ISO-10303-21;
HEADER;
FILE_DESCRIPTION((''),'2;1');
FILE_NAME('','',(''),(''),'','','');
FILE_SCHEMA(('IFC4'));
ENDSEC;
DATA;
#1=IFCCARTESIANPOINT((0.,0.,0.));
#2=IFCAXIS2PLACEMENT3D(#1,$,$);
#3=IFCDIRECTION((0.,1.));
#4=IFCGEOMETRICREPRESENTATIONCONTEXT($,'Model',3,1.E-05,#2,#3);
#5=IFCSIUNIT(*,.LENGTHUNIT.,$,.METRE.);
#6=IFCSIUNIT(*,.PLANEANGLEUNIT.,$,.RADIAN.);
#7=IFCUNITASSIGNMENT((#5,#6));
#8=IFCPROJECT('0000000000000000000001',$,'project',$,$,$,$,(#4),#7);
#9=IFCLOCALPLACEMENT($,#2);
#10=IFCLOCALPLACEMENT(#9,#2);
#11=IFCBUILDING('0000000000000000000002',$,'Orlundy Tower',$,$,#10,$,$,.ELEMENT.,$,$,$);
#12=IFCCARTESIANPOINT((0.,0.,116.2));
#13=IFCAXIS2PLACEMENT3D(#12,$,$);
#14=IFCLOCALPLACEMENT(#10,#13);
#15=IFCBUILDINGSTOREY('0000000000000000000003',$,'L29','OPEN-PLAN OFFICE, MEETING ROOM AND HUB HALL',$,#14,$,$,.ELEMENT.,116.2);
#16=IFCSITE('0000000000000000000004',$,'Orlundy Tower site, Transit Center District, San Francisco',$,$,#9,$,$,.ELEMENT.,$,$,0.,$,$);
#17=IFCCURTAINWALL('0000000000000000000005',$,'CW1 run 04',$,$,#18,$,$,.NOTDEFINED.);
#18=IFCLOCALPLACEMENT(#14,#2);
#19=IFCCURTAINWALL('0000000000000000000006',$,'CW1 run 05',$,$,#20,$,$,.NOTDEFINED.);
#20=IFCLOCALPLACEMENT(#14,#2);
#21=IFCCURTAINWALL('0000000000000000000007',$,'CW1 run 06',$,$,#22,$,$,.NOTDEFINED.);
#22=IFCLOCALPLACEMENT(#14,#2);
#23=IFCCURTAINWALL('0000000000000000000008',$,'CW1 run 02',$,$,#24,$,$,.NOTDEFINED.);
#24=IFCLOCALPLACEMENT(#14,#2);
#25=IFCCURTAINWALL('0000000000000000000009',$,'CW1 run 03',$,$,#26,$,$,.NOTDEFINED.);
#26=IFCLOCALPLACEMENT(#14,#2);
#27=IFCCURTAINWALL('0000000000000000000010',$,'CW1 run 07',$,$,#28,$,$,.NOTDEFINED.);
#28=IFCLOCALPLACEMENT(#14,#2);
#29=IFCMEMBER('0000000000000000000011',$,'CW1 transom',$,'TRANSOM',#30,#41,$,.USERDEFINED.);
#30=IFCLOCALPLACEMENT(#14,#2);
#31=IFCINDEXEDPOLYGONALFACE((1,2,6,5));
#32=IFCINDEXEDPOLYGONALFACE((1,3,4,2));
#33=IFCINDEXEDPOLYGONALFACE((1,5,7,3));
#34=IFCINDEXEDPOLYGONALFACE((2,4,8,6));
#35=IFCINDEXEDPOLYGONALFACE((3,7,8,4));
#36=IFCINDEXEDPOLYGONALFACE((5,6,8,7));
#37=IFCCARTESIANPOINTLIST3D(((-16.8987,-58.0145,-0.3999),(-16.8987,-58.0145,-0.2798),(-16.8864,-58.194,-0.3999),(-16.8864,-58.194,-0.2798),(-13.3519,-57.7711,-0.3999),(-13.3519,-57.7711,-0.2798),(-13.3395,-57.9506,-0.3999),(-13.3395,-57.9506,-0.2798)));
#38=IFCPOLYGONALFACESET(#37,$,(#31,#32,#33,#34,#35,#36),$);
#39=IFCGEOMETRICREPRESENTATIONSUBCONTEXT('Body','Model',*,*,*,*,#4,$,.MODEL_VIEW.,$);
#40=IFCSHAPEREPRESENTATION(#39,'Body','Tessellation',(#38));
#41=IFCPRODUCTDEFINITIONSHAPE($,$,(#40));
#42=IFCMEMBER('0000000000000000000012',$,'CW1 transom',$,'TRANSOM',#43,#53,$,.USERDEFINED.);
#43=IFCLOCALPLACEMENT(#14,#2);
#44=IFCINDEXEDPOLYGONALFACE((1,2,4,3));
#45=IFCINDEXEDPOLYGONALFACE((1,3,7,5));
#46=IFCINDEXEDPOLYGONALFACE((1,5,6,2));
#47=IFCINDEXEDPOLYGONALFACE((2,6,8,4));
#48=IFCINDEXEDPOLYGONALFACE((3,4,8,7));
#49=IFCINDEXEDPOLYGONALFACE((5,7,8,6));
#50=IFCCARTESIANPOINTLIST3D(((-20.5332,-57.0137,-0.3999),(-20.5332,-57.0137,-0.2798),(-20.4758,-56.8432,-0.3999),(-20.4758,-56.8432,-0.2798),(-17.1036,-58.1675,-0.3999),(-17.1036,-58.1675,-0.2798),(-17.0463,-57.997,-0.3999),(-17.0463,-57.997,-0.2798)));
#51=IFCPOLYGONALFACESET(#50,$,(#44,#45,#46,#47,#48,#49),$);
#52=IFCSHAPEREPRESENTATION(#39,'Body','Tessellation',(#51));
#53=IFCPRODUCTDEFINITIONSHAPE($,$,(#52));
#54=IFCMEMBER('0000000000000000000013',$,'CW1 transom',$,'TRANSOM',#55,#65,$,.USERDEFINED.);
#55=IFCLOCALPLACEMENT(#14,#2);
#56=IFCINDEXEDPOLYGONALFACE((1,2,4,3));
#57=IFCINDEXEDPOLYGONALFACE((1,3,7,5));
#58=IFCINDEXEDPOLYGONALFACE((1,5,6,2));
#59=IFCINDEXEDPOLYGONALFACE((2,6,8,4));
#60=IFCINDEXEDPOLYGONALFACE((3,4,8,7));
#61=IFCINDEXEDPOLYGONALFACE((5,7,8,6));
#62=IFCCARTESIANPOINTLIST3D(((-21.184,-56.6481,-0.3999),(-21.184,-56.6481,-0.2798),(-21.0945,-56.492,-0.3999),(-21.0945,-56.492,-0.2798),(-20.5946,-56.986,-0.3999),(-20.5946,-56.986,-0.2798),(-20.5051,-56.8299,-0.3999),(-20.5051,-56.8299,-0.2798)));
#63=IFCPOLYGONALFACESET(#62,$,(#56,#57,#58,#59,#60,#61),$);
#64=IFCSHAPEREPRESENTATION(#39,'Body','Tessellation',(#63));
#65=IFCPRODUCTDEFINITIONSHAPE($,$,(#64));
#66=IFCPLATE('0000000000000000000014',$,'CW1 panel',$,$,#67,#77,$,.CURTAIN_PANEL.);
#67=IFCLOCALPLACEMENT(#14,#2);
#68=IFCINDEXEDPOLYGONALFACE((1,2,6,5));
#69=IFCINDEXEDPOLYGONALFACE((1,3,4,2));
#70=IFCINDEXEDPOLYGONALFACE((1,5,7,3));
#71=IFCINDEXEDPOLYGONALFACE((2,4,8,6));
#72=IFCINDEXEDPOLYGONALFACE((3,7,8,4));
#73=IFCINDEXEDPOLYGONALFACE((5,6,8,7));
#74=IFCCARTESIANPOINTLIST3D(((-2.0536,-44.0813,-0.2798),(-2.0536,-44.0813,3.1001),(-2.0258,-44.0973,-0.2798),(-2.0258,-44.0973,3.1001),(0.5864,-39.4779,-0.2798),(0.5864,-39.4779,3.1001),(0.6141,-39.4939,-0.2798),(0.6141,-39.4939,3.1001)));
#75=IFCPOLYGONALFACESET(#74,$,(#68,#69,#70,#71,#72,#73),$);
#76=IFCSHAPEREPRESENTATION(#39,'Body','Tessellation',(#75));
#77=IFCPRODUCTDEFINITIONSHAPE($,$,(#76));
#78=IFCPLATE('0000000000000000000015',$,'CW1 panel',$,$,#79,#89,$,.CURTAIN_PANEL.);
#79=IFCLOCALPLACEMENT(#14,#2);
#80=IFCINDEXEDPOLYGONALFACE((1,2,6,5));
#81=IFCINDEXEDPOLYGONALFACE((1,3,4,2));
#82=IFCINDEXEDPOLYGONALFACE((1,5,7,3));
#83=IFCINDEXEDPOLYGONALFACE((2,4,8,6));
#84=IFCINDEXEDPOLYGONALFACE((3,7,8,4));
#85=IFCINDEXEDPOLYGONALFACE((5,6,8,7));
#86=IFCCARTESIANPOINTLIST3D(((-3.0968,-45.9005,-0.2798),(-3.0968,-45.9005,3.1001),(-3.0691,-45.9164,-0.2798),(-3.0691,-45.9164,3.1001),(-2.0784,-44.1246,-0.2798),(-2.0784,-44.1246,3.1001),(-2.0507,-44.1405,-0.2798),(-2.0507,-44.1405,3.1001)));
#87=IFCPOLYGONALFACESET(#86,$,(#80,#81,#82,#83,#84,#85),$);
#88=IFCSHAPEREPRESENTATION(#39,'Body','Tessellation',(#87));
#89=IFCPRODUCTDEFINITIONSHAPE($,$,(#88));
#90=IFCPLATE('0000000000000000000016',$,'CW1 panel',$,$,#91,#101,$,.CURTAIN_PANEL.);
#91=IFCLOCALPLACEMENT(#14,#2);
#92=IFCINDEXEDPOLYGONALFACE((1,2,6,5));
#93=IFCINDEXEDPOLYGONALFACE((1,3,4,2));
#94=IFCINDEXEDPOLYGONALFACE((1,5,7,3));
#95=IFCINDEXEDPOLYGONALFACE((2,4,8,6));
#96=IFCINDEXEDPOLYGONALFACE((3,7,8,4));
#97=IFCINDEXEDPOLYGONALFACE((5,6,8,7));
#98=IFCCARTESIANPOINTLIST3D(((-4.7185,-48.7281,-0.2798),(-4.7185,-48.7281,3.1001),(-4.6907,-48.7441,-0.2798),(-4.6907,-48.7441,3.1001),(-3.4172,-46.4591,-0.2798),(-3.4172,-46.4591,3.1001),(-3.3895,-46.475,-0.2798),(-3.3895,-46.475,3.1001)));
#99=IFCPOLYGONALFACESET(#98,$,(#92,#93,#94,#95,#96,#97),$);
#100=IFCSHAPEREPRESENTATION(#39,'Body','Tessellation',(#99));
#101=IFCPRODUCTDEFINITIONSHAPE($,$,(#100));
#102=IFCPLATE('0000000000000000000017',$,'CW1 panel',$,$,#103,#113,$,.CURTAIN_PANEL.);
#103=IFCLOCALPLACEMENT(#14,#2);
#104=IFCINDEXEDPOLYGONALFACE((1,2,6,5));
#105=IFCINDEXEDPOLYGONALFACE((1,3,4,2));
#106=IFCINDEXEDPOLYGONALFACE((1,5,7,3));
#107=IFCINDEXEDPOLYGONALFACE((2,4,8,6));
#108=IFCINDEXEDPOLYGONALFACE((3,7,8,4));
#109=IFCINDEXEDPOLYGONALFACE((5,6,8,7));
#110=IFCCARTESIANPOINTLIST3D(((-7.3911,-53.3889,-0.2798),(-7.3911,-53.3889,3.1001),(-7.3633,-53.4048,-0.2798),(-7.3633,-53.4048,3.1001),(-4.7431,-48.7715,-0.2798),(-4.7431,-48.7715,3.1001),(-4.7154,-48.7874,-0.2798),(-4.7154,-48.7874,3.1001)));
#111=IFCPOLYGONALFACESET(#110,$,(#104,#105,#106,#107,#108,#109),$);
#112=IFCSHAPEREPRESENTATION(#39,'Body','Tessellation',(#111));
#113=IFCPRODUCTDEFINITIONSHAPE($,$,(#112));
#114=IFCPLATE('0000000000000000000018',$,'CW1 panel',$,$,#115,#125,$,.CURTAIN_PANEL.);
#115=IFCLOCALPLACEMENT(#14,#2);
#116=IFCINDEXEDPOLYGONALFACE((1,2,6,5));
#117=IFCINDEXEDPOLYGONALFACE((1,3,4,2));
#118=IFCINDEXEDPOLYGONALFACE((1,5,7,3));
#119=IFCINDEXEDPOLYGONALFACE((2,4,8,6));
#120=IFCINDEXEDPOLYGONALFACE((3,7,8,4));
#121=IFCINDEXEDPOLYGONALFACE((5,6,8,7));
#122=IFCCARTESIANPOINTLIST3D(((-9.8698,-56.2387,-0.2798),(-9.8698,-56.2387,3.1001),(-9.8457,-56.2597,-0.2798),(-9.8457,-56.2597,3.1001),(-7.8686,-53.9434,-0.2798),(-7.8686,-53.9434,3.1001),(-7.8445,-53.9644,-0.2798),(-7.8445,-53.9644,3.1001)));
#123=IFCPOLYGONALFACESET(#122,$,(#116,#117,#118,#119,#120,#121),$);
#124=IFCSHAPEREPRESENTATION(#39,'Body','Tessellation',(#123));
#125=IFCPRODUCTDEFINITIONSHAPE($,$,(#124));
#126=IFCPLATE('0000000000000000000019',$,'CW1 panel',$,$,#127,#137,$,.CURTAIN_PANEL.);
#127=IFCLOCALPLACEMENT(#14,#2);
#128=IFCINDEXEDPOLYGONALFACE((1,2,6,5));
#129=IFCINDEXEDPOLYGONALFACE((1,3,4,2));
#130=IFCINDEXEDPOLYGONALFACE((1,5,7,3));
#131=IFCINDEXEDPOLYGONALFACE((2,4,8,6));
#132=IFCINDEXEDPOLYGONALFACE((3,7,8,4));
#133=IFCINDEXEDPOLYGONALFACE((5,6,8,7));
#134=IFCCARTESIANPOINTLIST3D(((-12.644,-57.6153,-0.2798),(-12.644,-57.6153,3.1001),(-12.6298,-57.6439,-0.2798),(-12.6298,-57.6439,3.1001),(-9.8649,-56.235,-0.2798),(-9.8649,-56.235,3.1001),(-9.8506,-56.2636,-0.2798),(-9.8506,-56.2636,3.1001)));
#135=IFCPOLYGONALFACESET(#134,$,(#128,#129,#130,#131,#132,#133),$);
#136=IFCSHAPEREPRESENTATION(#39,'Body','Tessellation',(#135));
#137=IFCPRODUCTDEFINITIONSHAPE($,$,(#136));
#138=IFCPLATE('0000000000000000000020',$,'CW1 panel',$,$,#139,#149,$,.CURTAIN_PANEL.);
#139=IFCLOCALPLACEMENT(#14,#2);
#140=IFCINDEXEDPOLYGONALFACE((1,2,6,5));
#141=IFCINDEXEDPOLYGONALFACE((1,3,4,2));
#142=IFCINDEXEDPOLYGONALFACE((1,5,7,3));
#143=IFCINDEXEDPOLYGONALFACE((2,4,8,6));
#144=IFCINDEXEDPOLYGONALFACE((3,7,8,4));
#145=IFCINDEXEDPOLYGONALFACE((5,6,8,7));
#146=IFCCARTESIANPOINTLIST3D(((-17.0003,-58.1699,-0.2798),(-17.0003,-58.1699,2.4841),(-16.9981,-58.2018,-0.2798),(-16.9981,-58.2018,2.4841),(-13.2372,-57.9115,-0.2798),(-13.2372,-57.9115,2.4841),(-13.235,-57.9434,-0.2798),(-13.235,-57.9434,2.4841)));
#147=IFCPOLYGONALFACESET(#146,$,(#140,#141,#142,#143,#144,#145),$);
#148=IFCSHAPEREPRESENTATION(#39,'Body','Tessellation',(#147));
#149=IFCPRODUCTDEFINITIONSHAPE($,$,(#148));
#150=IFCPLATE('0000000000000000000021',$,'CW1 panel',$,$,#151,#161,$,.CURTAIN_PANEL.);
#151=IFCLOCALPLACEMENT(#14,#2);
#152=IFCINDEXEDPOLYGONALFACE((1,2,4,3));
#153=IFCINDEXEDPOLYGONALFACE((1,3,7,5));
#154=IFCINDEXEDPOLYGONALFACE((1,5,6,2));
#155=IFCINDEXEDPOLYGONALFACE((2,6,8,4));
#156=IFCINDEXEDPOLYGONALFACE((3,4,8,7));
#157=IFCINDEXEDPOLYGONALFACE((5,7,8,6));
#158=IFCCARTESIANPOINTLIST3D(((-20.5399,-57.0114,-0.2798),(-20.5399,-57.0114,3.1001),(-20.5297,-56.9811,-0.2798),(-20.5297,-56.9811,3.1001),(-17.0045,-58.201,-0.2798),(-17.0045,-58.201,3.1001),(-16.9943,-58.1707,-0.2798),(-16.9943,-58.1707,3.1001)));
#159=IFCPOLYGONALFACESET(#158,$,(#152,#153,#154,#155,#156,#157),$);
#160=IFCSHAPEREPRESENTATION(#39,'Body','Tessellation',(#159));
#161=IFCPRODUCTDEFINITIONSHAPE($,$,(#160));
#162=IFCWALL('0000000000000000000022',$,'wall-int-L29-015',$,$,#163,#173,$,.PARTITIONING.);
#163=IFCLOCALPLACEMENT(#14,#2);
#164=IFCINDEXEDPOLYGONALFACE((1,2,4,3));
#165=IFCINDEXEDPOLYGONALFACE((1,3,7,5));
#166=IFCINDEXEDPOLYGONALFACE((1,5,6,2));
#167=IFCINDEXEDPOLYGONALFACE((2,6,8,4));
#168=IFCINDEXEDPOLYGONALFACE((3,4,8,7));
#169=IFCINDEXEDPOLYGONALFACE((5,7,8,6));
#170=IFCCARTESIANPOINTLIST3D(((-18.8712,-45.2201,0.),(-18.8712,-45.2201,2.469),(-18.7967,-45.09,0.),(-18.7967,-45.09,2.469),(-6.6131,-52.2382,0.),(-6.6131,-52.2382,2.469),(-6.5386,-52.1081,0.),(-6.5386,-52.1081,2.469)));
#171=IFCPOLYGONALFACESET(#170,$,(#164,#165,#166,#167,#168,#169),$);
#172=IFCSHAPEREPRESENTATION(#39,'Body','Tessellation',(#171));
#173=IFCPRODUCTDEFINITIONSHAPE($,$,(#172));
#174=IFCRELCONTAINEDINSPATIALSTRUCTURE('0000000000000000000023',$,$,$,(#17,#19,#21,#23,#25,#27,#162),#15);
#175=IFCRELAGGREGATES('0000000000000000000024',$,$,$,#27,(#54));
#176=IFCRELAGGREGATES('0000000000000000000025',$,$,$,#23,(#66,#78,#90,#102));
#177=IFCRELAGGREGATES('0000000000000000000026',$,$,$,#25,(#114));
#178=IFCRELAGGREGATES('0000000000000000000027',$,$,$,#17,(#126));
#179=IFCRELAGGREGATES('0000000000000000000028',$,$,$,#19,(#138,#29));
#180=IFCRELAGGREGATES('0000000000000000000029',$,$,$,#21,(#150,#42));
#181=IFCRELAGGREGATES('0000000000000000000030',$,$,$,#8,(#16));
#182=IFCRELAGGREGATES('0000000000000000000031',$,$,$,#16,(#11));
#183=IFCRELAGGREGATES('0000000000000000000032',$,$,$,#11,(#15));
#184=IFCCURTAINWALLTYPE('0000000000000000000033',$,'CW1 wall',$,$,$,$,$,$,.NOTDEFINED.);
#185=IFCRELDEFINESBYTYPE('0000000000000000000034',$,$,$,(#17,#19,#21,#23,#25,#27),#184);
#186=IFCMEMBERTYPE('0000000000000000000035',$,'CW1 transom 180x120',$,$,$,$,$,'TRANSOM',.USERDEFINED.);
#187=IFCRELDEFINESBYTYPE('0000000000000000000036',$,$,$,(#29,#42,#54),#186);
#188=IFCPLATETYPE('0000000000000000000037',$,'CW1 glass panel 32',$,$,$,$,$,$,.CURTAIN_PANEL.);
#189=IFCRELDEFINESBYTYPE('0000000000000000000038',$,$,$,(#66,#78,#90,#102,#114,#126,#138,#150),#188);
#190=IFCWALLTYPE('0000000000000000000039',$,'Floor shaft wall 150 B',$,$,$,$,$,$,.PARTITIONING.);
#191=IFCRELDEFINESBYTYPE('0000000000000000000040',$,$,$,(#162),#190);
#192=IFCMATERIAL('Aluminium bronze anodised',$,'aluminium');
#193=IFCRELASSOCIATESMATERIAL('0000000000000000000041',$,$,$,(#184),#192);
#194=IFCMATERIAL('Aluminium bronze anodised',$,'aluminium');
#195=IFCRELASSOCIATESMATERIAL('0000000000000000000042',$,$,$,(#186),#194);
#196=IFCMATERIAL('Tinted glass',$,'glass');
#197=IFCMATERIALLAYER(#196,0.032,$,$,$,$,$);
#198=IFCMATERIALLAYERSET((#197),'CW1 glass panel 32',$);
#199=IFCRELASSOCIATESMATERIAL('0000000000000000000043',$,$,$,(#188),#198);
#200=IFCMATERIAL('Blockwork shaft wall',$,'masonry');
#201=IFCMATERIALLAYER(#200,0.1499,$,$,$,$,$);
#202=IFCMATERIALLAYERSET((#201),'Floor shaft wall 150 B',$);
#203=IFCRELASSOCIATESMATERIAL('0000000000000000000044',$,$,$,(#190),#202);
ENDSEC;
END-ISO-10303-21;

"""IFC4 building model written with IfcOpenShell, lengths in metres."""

from ifc_helpers import new_model, si_unit, direction, frame, frame_2d, origin, origin_2d, place, context, subcontext, project, spatial, rectangle, extrude, material, layer, layer_set, material_profile, profile_set, type_object, element, aggregate, save


model = new_model("IFC4")

# Units and contexts
model_context = context("Model", 3, precision=1e-05, world=origin(), true_north=direction((0.0, 1.0)))
body_context = subcontext(model_context, "Body", "Model", "MODEL_VIEW")
ifc_project = project(units=[si_unit("LENGTHUNIT", "METRE"), si_unit("PLANEANGLEUNIT", "RADIAN")], contexts=[model_context])

# Site, building, storey
site_placement = place(None, origin())
site = spatial("IfcSite", under=ifc_project, at=site_placement, Name="Orlundy Tower site, Transit Center District, San Francisco", CompositionType="ELEMENT", RefElevation=0.0)
building_placement = place(site_placement, origin())
building = spatial("IfcBuilding", under=site, at=building_placement, Name="Orlundy Tower", CompositionType="ELEMENT")
storey_placement = place(building_placement, frame((0.0, 0.0, 116.2)))
storey = spatial("IfcBuildingStorey", under=building, at=storey_placement, Name="L29", Description="OPEN-PLAN OFFICE, MEETING ROOM AND HUB HALL", CompositionType="ELEMENT", Elevation=116.2)

# Curtain walls
ifc_material_1 = material(Name="Aluminium bronze anodised", Category="aluminium")
curtain_wall_type = type_object("IfcCurtainWallType", Name="CW1 wall", PredefinedType="NOTDEFINED", material=ifc_material_1)
curtain_wall_1_placement = place(storey_placement, origin())
curtain_wall_1 = element("IfcCurtainWall", 1, at=curtain_wall_1_placement, inside=storey, type_object=curtain_wall_type, Name="CW1 run 04", PredefinedType="NOTDEFINED")
curtain_wall_2_placement = place(storey_placement, origin())
curtain_wall_2 = element("IfcCurtainWall", 2, at=curtain_wall_2_placement, inside=storey, type_object=curtain_wall_type, Name="CW1 run 05", PredefinedType="NOTDEFINED")
curtain_wall_3_placement = place(storey_placement, origin())
curtain_wall_3 = element("IfcCurtainWall", 3, at=curtain_wall_3_placement, inside=storey, type_object=curtain_wall_type, Name="CW1 run 06", PredefinedType="NOTDEFINED")

# Curtain wall
curtain_wall_4_placement = place(storey_placement, origin())
curtain_wall_4 = element("IfcCurtainWall", 4, at=curtain_wall_4_placement, inside=storey, type_object=curtain_wall_type, Name="CW1 run 02", PredefinedType="NOTDEFINED")

# Curtain walls
curtain_wall_5_placement = place(storey_placement, origin())
curtain_wall_5 = element("IfcCurtainWall", 5, at=curtain_wall_5_placement, inside=storey, type_object=curtain_wall_type, Name="CW1 run 03", PredefinedType="NOTDEFINED")
curtain_wall_6_placement = place(storey_placement, origin())
curtain_wall_6 = element("IfcCurtainWall", 6, at=curtain_wall_6_placement, inside=storey, type_object=curtain_wall_type, Name="CW1 run 07", PredefinedType="NOTDEFINED")

# Members
ifc_material_2 = material(Name="Aluminium bronze anodised", Category="aluminium")
ifc_material_profile_1 = material_profile(ifc_material_2, rectangle(XDim=0.1799, YDim=0.1201, at=origin_2d()), Name="CW1 transom 180x120")
ifc_profile_set_1 = profile_set([ifc_material_profile_1], Name="Aluminium bronze anodised")
member_type_1 = type_object("IfcMemberType", Name="CW1 transom 180x120", ElementType="TRANSOM", PredefinedType="USERDEFINED", material=ifc_profile_set_1)
member_1_placement = place(storey_placement, frame((-13.3457, -57.8608, -0.3398), z_axis=(-0.997654, -0.068465, 0.0), x_axis=(0.068465, -0.997654, 0.0)))
member_1 = element("IfcMember", 7, at=member_1_placement, type_object=member_type_1, Name="CW1 transom", ObjectType="TRANSOM", PredefinedType="USERDEFINED", context=body_context, shape_type="SweptSolid", body=[
    extrude(rectangle(XDim=0.1799, YDim=0.1201, at=origin_2d()), origin(), (0.0, 0.0, 1.0), 3.5552),
])
member_2_placement = place(storey_placement, frame((-17.075, -58.0823, -0.3398), z_axis=(-0.947796, 0.318878, 0.0), x_axis=(-0.318878, -0.947796, 0.0)))
member_2 = element("IfcMember", 8, at=member_2_placement, type_object=member_type_1, Name="CW1 transom", ObjectType="TRANSOM", PredefinedType="USERDEFINED", context=body_context, shape_type="SweptSolid", body=[
    extrude(rectangle(XDim=0.1799, YDim=0.1201, at=origin_2d()), origin(), (0.0, 0.0, 1.0), 3.6184),
])
member_3_placement = place(storey_placement, frame((-20.5498, -56.908, -0.3398), z_axis=(-0.867535, 0.497377, 0.0), x_axis=(-0.497377, -0.867535, 0.0)))
member_3 = element("IfcMember", 9, at=member_3_placement, type_object=member_type_1, Name="CW1 transom", ObjectType="TRANSOM", PredefinedType="USERDEFINED", context=body_context, shape_type="SweptSolid", body=[
    extrude(rectangle(XDim=0.1799, YDim=0.1201, at=origin_2d()), origin(), (0.0, 0.0, 1.0), 0.6794),
])
aggregate(curtain_wall_6, [member_3])

# Plates
ifc_material_3 = material(Name="Tinted glass", Category="glass")
ifc_layer_1 = layer(ifc_material_3, 0.032)
ifc_layer_set_1 = layer_set([ifc_layer_1], Name="CW1 glass panel 32")
plate_type = type_object("IfcPlateType", Name="CW1 glass panel 32", PredefinedType="CURTAIN_PANEL", material=ifc_layer_set_1)
plate_1_placement = place(storey_placement, frame((-0.7197, -41.7876, -0.2798), z_axis=(0.0, 0.0, 1.0), x_axis=(-0.497473, -0.867479, 0.0)))
plate_1 = element("IfcPlate", 10, at=plate_1_placement, type_object=plate_type, Name="CW1 panel", PredefinedType="CURTAIN_PANEL", context=body_context, shape_type="SweptSolid", body=[
    extrude(rectangle(XDim=5.3066, YDim=0.032, at=origin_2d()), origin(), (0.0, 0.0, 1.0), 3.3799),
])
plate_2_placement = place(storey_placement, frame((-2.5737, -45.0205, -0.2798), z_axis=(0.0, 0.0, 1.0), x_axis=(-0.497473, -0.867479, 0.0)))
plate_2 = element("IfcPlate", 11, at=plate_2_placement, type_object=plate_type, Name="CW1 panel", PredefinedType="CURTAIN_PANEL", context=body_context, shape_type="SweptSolid", body=[
    extrude(rectangle(XDim=2.0471, YDim=0.032, at=origin_2d()), origin(), (0.0, 0.0, 1.0), 3.3799),
])
plate_3_placement = place(storey_placement, frame((-4.054, -47.6016, -0.2798), z_axis=(0.0, 0.0, 1.0), x_axis=(-0.497473, -0.867479, 0.0)))
plate_3 = element("IfcPlate", 12, at=plate_3_placement, type_object=plate_type, Name="CW1 panel", PredefinedType="CURTAIN_PANEL", context=body_context, shape_type="SweptSolid", body=[
    extrude(rectangle(XDim=2.6157, YDim=0.032, at=origin_2d()), origin(), (0.0, 0.0, 1.0), 3.3799),
])
plate_4_placement = place(storey_placement, frame((-6.0532, -51.0881, -0.2798), z_axis=(0.0, 0.0, 1.0), x_axis=(-0.497473, -0.867479, 0.0)))
plate_4 = element("IfcPlate", 13, at=plate_4_placement, type_object=plate_type, Name="CW1 panel", PredefinedType="CURTAIN_PANEL", context=body_context, shape_type="SweptSolid", body=[
    extrude(rectangle(XDim=5.3228, YDim=0.032, at=origin_2d()), origin(), (0.0, 0.0, 1.0), 3.3799),
])
aggregate(curtain_wall_4, [plate_1, plate_2, plate_3, plate_4])
plate_5_placement = place(storey_placement, frame((-8.8572, -55.1016, -0.2798), z_axis=(0.0, 0.0, 1.0), x_axis=(-0.657167, -0.753745, 0.0)))
plate_5 = element("IfcPlate", 14, at=plate_5_placement, type_object=plate_type, Name="CW1 panel", PredefinedType="CURTAIN_PANEL", context=body_context, shape_type="SweptSolid", body=[
    extrude(rectangle(XDim=3.0452, YDim=0.032, at=origin_2d()), origin(), (0.0, 0.0, 1.0), 3.3799),
])
aggregate(curtain_wall_5, [plate_5])
plate_6_placement = place(storey_placement, frame((-11.2473, -56.9395, -0.2798), z_axis=(0.0, 0.0, 1.0), x_axis=(-0.895611, -0.444838, 0.0)))
plate_6 = element("IfcPlate", 15, at=plate_6_placement, type_object=plate_type, Name="CW1 panel", PredefinedType="CURTAIN_PANEL", context=body_context, shape_type="SweptSolid", body=[
    extrude(rectangle(XDim=3.103, YDim=0.032, at=origin_2d()), origin(), (0.0, 0.0, 1.0), 3.3799),
])
aggregate(curtain_wall_1, [plate_6])
plate_7_placement = place(storey_placement, frame((-15.1177, -58.0566, -0.2798), z_axis=(0.0, 0.0, 1.0), x_axis=(-0.997649, -0.068524, 0.0)))
plate_7 = element("IfcPlate", 16, at=plate_7_placement, type_object=plate_type, Name="CW1 panel", PredefinedType="CURTAIN_PANEL", context=body_context, shape_type="SweptSolid", body=[
    extrude(rectangle(XDim=3.772, YDim=0.032, at=origin_2d()), origin(), (0.0, 0.0, 1.0), 2.7639),
])
aggregate(curtain_wall_2, [plate_7, member_1])
plate_8_placement = place(storey_placement, frame((-18.7671, -57.5911, -0.2798), z_axis=(0.0, 0.0, 1.0), x_axis=(-0.947789, 0.318897, 0.0)))
plate_8 = element("IfcPlate", 17, at=plate_8_placement, type_object=plate_type, Name="CW1 panel", PredefinedType="CURTAIN_PANEL", context=body_context, shape_type="SweptSolid", body=[
    extrude(rectangle(XDim=3.7302, YDim=0.032, at=origin_2d()), origin(), (0.0, 0.0, 1.0), 3.3799),
])
aggregate(curtain_wall_3, [plate_8, member_2])

# Wall
ifc_material_4 = material(Name="Blockwork shaft wall", Category="masonry")
ifc_layer_2 = layer(ifc_material_4, 0.1499)
ifc_layer_set_2 = layer_set([ifc_layer_2], Name="Floor shaft wall 150 B")
wall_type = type_object("IfcWallType", Name="Floor shaft wall 150 B", PredefinedType="PARTITIONING", material=ifc_layer_set_2)
wall_placement = place(storey_placement, frame((-18.834, -45.155, 0.0), z_axis=(0.0, 0.0, 1.0), x_axis=(0.867832, -0.496857, 0.0)))
element("IfcWall", 18, at=wall_placement, inside=storey, type_object=wall_type, Name="wall-int-L29-015", PredefinedType="PARTITIONING", context=body_context, shape_type="SweptSolid", body=[
    extrude(rectangle(XDim=14.125, YDim=0.1499, at=frame_2d((7.0625, 0.0))), origin(), (0.0, 0.0, 1.0), 2.469),
])

save(model, "model.ifc")
